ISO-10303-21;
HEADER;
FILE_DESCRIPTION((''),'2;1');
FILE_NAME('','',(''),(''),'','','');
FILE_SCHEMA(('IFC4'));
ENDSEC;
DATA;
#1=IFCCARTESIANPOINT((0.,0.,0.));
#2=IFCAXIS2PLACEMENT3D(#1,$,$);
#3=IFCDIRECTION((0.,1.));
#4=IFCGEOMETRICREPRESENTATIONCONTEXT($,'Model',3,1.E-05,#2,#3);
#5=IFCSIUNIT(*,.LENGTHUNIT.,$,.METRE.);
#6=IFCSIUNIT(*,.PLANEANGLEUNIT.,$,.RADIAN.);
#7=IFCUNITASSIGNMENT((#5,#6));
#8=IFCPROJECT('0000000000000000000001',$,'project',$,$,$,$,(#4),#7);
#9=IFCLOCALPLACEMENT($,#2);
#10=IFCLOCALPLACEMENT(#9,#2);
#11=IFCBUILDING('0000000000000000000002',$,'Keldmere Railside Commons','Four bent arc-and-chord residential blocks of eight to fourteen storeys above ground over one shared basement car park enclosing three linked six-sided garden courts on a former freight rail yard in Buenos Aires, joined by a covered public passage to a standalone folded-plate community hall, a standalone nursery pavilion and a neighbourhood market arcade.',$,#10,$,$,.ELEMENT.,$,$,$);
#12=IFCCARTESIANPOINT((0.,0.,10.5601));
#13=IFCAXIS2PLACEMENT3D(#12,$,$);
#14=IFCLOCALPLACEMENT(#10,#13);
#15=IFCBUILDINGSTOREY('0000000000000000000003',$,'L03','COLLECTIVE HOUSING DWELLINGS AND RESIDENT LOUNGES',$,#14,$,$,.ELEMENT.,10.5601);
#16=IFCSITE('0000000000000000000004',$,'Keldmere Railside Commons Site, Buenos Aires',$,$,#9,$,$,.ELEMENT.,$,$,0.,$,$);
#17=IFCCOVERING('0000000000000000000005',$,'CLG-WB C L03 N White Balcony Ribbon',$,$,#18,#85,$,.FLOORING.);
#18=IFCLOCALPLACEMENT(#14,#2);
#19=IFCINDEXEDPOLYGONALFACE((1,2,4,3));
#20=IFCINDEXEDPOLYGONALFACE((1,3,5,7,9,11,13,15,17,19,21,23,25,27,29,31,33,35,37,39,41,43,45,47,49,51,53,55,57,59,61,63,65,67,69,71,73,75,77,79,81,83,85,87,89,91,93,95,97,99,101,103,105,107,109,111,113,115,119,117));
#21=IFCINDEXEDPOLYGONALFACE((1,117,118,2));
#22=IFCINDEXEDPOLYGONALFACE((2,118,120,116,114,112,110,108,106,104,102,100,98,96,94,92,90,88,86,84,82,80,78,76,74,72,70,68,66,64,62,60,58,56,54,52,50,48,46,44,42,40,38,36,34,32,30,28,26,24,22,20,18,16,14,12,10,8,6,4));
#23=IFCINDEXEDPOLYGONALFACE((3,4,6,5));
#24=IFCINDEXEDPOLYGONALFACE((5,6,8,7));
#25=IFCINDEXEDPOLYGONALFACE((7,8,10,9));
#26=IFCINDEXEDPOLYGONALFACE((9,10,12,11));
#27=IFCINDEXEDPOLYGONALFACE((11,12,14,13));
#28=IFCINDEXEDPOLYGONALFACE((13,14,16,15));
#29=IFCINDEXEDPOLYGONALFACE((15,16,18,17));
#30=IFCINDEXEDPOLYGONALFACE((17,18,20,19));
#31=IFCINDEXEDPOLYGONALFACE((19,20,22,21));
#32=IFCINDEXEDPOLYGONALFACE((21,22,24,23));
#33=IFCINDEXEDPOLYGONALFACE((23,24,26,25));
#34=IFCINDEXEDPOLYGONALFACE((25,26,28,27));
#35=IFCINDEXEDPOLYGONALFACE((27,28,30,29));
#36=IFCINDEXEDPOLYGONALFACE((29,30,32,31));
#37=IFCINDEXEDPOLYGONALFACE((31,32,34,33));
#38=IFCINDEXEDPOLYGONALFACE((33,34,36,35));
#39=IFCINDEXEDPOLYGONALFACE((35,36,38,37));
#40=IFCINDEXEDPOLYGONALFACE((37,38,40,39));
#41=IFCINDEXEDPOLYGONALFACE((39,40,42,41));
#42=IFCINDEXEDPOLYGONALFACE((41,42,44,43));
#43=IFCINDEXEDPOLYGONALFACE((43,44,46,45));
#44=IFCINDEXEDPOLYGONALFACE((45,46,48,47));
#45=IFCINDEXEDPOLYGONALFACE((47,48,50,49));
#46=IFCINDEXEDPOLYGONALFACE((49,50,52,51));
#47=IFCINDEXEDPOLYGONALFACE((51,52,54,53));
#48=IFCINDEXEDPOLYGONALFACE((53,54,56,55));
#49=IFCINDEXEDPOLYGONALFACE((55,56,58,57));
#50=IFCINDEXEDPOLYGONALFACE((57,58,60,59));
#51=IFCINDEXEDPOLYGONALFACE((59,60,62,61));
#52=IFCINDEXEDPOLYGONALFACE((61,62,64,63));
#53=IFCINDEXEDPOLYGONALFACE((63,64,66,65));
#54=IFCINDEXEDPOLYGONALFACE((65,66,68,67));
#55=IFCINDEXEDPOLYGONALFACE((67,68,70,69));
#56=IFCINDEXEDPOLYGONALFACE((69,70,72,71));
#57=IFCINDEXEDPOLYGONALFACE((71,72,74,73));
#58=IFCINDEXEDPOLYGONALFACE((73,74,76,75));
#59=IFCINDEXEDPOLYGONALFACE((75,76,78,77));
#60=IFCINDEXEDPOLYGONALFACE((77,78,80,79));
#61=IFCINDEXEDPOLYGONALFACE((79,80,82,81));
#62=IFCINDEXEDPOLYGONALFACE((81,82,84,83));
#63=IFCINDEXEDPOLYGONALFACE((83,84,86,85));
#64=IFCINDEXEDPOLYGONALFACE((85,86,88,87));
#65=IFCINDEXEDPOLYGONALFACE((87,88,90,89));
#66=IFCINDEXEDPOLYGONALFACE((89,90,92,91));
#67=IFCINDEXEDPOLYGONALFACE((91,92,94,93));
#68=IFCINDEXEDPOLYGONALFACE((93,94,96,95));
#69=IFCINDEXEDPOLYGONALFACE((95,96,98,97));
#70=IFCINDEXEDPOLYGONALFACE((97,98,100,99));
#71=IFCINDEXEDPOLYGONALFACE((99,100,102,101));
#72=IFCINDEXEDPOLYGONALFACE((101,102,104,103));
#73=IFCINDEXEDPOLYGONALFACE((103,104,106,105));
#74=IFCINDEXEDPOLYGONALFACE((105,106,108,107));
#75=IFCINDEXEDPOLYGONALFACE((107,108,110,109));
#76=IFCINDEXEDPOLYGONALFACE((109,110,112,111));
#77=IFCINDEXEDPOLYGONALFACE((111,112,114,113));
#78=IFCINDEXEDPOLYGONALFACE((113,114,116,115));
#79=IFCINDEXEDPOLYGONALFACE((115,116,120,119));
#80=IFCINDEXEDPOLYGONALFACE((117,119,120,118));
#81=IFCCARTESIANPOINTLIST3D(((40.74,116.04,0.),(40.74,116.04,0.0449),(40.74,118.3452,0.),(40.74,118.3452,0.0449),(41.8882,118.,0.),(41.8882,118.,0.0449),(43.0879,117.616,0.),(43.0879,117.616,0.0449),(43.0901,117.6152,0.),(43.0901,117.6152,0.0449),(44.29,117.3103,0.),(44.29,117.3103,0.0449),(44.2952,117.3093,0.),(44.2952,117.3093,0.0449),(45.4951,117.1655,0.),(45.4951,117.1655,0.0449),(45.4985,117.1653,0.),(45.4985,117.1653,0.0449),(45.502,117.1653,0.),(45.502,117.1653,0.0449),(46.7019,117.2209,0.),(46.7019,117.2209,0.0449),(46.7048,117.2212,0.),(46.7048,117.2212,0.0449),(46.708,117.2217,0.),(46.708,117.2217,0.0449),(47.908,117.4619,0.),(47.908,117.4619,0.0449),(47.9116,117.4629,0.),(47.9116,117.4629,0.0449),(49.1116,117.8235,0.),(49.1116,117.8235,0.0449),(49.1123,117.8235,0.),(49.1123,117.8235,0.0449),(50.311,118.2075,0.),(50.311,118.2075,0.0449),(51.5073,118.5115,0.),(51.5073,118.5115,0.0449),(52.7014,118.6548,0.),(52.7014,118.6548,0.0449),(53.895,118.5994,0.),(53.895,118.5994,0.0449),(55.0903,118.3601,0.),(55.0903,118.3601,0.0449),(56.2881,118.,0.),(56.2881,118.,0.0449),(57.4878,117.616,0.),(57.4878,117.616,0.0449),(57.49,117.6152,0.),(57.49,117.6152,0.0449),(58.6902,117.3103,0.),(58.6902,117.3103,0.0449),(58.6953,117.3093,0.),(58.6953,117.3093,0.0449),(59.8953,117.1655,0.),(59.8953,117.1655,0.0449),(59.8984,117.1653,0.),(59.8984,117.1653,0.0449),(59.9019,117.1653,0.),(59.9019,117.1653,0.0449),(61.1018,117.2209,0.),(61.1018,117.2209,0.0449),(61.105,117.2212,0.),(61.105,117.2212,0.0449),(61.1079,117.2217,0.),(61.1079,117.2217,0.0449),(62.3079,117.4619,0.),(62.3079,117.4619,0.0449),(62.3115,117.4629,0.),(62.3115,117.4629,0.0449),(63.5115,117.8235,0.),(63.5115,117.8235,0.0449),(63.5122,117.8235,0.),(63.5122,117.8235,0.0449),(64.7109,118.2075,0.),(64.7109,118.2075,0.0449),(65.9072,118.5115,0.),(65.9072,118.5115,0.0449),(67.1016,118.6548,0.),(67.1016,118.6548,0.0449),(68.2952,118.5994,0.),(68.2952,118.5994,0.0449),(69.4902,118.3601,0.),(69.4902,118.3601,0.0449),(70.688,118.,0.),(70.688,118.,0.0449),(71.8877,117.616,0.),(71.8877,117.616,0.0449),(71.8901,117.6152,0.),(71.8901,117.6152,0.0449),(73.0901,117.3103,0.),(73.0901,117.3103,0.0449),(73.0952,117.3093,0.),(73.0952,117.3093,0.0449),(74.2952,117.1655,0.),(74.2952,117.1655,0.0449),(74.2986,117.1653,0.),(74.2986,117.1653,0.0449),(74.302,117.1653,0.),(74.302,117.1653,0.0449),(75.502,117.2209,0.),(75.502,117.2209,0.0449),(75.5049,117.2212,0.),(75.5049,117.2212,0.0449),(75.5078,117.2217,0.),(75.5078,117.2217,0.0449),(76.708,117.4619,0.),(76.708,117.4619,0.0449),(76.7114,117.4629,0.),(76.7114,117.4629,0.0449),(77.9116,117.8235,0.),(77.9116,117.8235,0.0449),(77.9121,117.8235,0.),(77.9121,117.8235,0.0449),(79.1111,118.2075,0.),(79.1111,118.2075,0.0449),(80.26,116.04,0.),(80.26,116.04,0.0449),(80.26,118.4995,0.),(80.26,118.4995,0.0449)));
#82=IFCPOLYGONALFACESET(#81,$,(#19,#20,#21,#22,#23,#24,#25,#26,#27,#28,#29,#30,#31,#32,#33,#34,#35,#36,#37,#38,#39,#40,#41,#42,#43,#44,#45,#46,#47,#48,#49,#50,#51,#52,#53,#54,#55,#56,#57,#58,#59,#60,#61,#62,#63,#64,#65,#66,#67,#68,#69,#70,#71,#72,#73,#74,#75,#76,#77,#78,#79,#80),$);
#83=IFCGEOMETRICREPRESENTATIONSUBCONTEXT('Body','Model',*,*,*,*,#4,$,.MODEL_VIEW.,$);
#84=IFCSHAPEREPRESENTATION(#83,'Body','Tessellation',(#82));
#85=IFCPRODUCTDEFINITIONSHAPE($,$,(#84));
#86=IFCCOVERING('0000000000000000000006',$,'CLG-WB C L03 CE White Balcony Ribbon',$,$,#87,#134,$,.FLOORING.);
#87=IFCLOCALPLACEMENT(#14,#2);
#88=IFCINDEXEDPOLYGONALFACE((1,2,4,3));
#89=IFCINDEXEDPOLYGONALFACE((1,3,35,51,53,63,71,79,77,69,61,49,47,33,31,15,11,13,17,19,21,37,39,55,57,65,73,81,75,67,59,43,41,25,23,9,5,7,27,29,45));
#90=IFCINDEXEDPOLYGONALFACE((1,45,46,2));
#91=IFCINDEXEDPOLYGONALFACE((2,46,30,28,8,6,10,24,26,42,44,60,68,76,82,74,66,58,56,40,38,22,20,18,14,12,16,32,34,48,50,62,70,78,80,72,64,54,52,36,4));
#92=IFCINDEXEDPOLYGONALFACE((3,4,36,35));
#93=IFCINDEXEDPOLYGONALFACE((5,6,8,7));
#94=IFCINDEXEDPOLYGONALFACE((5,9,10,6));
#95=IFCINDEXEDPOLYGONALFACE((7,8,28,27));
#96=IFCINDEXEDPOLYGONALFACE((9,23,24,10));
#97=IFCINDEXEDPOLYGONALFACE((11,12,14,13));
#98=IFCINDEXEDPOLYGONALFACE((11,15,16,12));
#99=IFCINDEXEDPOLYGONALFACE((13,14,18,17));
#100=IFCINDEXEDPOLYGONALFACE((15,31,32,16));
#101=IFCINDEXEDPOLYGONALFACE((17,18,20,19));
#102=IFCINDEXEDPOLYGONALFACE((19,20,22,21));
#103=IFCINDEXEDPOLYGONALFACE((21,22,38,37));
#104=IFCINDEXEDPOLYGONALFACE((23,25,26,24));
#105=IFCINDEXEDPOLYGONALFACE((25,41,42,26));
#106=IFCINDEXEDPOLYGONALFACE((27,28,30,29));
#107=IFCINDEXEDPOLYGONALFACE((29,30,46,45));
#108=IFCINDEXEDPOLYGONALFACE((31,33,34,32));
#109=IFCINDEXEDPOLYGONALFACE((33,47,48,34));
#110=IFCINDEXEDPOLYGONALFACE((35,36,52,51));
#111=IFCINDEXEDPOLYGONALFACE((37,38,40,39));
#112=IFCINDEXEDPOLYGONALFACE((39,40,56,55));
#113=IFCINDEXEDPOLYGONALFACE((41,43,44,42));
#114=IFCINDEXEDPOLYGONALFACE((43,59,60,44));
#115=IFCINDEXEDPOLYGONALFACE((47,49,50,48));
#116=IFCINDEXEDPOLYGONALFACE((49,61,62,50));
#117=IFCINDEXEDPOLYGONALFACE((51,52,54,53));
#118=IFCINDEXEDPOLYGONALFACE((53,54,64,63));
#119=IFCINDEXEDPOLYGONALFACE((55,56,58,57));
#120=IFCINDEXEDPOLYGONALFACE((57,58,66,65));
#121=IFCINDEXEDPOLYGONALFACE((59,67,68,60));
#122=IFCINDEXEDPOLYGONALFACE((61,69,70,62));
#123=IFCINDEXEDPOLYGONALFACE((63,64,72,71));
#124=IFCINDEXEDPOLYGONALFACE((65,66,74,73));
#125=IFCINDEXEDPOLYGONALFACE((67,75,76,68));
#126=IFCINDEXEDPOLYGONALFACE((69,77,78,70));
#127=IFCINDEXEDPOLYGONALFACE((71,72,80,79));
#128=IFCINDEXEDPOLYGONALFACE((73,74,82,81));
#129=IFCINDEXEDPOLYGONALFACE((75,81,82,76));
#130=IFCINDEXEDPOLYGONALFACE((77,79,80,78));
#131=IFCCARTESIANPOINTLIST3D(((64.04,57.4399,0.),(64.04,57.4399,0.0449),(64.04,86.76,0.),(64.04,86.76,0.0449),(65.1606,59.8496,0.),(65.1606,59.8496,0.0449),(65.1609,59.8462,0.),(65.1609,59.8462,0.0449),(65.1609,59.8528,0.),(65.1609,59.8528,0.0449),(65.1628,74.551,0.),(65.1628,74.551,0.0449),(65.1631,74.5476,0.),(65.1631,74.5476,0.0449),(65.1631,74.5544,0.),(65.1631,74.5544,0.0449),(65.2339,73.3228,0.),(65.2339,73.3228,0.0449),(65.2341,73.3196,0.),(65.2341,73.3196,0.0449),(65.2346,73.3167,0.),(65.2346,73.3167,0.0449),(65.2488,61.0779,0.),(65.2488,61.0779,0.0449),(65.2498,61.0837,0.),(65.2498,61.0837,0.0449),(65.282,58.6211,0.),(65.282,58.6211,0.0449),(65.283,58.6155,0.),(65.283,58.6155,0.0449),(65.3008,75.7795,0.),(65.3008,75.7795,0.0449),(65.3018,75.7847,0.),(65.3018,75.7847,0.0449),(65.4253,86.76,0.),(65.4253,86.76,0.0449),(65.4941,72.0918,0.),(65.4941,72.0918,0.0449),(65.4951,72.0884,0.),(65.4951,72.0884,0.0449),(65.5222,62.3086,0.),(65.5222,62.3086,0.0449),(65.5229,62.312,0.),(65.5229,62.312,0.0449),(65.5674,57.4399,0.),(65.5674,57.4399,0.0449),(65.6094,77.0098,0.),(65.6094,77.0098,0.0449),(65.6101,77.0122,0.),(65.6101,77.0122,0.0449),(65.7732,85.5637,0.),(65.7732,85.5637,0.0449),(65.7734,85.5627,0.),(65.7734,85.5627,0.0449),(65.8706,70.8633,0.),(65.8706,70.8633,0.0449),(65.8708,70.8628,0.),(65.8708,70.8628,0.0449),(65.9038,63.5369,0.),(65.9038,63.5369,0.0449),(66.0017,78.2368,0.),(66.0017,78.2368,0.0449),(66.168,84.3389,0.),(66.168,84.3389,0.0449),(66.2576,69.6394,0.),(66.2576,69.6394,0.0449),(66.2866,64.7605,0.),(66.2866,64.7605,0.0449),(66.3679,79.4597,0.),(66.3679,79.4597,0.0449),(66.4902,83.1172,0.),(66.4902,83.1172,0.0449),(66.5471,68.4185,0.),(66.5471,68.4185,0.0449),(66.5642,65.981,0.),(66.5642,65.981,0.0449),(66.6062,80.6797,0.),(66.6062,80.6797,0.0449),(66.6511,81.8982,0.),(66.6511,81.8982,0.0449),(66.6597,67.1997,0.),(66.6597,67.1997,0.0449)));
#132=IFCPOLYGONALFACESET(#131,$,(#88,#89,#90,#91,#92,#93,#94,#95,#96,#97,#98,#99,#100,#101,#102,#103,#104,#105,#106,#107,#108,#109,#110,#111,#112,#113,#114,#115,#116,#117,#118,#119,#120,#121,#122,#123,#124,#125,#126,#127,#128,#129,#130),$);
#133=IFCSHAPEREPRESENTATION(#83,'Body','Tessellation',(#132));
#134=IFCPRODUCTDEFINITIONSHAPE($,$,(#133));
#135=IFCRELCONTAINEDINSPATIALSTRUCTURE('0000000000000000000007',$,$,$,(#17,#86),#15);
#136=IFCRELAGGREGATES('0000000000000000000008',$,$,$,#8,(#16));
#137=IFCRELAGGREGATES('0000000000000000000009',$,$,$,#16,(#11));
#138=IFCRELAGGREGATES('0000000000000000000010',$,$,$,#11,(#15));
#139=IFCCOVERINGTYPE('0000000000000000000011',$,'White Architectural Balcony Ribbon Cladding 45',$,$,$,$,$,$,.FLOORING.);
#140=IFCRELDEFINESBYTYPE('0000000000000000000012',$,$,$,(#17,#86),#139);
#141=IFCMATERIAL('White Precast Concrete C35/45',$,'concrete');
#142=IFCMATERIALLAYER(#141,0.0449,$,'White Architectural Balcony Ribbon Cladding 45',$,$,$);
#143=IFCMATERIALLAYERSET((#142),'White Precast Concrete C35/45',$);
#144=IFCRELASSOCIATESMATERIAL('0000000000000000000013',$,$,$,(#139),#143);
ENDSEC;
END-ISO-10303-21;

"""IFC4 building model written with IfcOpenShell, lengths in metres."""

from ifc_helpers import new_model, si_unit, direction, frame, origin, place, context, subcontext, project, spatial, polyline, outline, extrude, material, layer, layer_set, type_object, element, save


model = new_model("IFC4")

# Units and contexts
model_context = context("Model", 3, precision=1e-05, world=origin(), true_north=direction((0.0, 1.0)))
body_context = subcontext(model_context, "Body", "Model", "MODEL_VIEW")
ifc_project = project(units=[si_unit("LENGTHUNIT", "METRE"), si_unit("PLANEANGLEUNIT", "RADIAN")], contexts=[model_context])

# Site, building, storey
site_placement = place(None, origin())
site = spatial("IfcSite", under=ifc_project, at=site_placement, Name="Keldmere Railside Commons Site, Buenos Aires", CompositionType="ELEMENT", RefElevation=0.0)
building_placement = place(site_placement, origin())
building = spatial("IfcBuilding", under=site, at=building_placement, Name="Keldmere Railside Commons", Description="Four bent arc-and-chord residential blocks of eight to fourteen storeys above ground over one shared basement car park enclosing three linked six-sided garden courts on a former freight rail yard in Buenos Aires, joined by a covered public passage to a standalone folded-plate community hall, a standalone nursery pavilion and a neighbourhood market arcade.", CompositionType="ELEMENT")
storey_placement = place(building_placement, frame((0.0, 0.0, 10.5601)))
storey = spatial("IfcBuildingStorey", under=building, at=storey_placement, Name="L03", Description="COLLECTIVE HOUSING DWELLINGS AND RESIDENT LOUNGES", CompositionType="ELEMENT", Elevation=10.5601)

# Coverings
ifc_material_1 = material(Name="White Precast Concrete C35/45", Category="concrete")
ifc_layer_1 = layer(ifc_material_1, 0.0449, Name="White Architectural Balcony Ribbon Cladding 45")
ifc_layer_set_1 = layer_set([ifc_layer_1], Name="White Precast Concrete C35/45")
covering_type_1 = type_object("IfcCoveringType", Name="White Architectural Balcony Ribbon Cladding 45", PredefinedType="FLOORING", material=ifc_layer_set_1)
covering_1_placement = place(storey_placement, origin())
element("IfcCovering", 1, at=covering_1_placement, inside=storey, type_object=covering_type_1, Name="CLG-WB C L03 N White Balcony Ribbon", PredefinedType="FLOORING", context=body_context, shape_type="SweptSolid", body=[
    extrude(outline(polyline([(80.26, 116.04), (80.26, 118.4995), (79.1111, 118.2075), (77.9121, 117.8235), (77.9116, 117.8235), (76.7114, 117.4629), (76.708, 117.4619), (75.5078, 117.2217), (75.5049, 117.2212), (75.502, 117.2209), (74.302, 117.1653), (74.2986, 117.1653), (74.2952, 117.1655), (73.0952, 117.3093), (73.0901, 117.3103), (71.8901, 117.6152), (71.8877, 117.616), (70.688, 118.0), (69.4902, 118.3601), (68.2952, 118.5994), (67.1016, 118.6548), (65.9072, 118.5115), (64.7109, 118.2075), (63.5122, 117.8235), (63.5115, 117.8235), (62.3115, 117.4629), (62.3079, 117.4619), (61.1079, 117.2217), (61.105, 117.2212), (61.1018, 117.2209), (59.9019, 117.1653), (59.8984, 117.1653), (59.8953, 117.1655), (58.6953, 117.3093), (58.6902, 117.3103), (57.49, 117.6152), (57.4878, 117.616), (56.2881, 118.0), (55.0903, 118.3601), (53.895, 118.5994), (52.7014, 118.6548), (51.5073, 118.5115), (50.311, 118.2075), (49.1123, 117.8235), (49.1116, 117.8235), (47.9116, 117.4629), (47.908, 117.4619), (46.708, 117.2217), (46.7048, 117.2212), (46.7019, 117.2209), (45.502, 117.1653), (45.4985, 117.1653), (45.4951, 117.1655), (44.2952, 117.3093), (44.29, 117.3103), (43.0901, 117.6152), (43.0879, 117.616), (41.8882, 118.0), (40.74, 118.3452), (40.74, 116.04), (80.26, 116.04)])), origin(), (0.0, 0.0, 1.0), 0.0449),
])
covering_2_placement = place(storey_placement, origin())
element("IfcCovering", 2, at=covering_2_placement, inside=storey, type_object=covering_type_1, Name="CLG-WB C L03 CE White Balcony Ribbon", PredefinedType="FLOORING", context=body_context, shape_type="SweptSolid", body=[
    extrude(outline(polyline([(65.283, 58.6155), (65.282, 58.6211), (65.1609, 59.8462), (65.1606, 59.8496), (65.1609, 59.8528), (65.2488, 61.0779), (65.2498, 61.0837), (65.5222, 62.3086), (65.5229, 62.312), (65.9038, 63.5369), (65.9038, 63.5369), (66.2866, 64.7605), (66.5642, 65.981), (66.6597, 67.1997), (66.5471, 68.4185), (66.2576, 69.6394), (65.8708, 70.8628), (65.8706, 70.8633), (65.4951, 72.0884), (65.4941, 72.0918), (65.2346, 73.3167), (65.2341, 73.3196), (65.2339, 73.3228), (65.1631, 74.5476), (65.1628, 74.551), (65.1631, 74.5544), (65.3008, 75.7795), (65.3018, 75.7847), (65.6094, 77.0098), (65.6101, 77.0122), (66.0017, 78.2368), (66.3679, 79.4597), (66.6062, 80.6797), (66.6511, 81.8982), (66.4902, 83.1172), (66.168, 84.3389), (65.7734, 85.5627), (65.7732, 85.5637), (65.4253, 86.76), (64.04, 86.76), (64.04, 57.4399), (65.5674, 57.4399), (65.283, 58.6155)])), origin(), (0.0, 0.0, 1.0), 0.0449),
])

save(model, "model.ifc")
